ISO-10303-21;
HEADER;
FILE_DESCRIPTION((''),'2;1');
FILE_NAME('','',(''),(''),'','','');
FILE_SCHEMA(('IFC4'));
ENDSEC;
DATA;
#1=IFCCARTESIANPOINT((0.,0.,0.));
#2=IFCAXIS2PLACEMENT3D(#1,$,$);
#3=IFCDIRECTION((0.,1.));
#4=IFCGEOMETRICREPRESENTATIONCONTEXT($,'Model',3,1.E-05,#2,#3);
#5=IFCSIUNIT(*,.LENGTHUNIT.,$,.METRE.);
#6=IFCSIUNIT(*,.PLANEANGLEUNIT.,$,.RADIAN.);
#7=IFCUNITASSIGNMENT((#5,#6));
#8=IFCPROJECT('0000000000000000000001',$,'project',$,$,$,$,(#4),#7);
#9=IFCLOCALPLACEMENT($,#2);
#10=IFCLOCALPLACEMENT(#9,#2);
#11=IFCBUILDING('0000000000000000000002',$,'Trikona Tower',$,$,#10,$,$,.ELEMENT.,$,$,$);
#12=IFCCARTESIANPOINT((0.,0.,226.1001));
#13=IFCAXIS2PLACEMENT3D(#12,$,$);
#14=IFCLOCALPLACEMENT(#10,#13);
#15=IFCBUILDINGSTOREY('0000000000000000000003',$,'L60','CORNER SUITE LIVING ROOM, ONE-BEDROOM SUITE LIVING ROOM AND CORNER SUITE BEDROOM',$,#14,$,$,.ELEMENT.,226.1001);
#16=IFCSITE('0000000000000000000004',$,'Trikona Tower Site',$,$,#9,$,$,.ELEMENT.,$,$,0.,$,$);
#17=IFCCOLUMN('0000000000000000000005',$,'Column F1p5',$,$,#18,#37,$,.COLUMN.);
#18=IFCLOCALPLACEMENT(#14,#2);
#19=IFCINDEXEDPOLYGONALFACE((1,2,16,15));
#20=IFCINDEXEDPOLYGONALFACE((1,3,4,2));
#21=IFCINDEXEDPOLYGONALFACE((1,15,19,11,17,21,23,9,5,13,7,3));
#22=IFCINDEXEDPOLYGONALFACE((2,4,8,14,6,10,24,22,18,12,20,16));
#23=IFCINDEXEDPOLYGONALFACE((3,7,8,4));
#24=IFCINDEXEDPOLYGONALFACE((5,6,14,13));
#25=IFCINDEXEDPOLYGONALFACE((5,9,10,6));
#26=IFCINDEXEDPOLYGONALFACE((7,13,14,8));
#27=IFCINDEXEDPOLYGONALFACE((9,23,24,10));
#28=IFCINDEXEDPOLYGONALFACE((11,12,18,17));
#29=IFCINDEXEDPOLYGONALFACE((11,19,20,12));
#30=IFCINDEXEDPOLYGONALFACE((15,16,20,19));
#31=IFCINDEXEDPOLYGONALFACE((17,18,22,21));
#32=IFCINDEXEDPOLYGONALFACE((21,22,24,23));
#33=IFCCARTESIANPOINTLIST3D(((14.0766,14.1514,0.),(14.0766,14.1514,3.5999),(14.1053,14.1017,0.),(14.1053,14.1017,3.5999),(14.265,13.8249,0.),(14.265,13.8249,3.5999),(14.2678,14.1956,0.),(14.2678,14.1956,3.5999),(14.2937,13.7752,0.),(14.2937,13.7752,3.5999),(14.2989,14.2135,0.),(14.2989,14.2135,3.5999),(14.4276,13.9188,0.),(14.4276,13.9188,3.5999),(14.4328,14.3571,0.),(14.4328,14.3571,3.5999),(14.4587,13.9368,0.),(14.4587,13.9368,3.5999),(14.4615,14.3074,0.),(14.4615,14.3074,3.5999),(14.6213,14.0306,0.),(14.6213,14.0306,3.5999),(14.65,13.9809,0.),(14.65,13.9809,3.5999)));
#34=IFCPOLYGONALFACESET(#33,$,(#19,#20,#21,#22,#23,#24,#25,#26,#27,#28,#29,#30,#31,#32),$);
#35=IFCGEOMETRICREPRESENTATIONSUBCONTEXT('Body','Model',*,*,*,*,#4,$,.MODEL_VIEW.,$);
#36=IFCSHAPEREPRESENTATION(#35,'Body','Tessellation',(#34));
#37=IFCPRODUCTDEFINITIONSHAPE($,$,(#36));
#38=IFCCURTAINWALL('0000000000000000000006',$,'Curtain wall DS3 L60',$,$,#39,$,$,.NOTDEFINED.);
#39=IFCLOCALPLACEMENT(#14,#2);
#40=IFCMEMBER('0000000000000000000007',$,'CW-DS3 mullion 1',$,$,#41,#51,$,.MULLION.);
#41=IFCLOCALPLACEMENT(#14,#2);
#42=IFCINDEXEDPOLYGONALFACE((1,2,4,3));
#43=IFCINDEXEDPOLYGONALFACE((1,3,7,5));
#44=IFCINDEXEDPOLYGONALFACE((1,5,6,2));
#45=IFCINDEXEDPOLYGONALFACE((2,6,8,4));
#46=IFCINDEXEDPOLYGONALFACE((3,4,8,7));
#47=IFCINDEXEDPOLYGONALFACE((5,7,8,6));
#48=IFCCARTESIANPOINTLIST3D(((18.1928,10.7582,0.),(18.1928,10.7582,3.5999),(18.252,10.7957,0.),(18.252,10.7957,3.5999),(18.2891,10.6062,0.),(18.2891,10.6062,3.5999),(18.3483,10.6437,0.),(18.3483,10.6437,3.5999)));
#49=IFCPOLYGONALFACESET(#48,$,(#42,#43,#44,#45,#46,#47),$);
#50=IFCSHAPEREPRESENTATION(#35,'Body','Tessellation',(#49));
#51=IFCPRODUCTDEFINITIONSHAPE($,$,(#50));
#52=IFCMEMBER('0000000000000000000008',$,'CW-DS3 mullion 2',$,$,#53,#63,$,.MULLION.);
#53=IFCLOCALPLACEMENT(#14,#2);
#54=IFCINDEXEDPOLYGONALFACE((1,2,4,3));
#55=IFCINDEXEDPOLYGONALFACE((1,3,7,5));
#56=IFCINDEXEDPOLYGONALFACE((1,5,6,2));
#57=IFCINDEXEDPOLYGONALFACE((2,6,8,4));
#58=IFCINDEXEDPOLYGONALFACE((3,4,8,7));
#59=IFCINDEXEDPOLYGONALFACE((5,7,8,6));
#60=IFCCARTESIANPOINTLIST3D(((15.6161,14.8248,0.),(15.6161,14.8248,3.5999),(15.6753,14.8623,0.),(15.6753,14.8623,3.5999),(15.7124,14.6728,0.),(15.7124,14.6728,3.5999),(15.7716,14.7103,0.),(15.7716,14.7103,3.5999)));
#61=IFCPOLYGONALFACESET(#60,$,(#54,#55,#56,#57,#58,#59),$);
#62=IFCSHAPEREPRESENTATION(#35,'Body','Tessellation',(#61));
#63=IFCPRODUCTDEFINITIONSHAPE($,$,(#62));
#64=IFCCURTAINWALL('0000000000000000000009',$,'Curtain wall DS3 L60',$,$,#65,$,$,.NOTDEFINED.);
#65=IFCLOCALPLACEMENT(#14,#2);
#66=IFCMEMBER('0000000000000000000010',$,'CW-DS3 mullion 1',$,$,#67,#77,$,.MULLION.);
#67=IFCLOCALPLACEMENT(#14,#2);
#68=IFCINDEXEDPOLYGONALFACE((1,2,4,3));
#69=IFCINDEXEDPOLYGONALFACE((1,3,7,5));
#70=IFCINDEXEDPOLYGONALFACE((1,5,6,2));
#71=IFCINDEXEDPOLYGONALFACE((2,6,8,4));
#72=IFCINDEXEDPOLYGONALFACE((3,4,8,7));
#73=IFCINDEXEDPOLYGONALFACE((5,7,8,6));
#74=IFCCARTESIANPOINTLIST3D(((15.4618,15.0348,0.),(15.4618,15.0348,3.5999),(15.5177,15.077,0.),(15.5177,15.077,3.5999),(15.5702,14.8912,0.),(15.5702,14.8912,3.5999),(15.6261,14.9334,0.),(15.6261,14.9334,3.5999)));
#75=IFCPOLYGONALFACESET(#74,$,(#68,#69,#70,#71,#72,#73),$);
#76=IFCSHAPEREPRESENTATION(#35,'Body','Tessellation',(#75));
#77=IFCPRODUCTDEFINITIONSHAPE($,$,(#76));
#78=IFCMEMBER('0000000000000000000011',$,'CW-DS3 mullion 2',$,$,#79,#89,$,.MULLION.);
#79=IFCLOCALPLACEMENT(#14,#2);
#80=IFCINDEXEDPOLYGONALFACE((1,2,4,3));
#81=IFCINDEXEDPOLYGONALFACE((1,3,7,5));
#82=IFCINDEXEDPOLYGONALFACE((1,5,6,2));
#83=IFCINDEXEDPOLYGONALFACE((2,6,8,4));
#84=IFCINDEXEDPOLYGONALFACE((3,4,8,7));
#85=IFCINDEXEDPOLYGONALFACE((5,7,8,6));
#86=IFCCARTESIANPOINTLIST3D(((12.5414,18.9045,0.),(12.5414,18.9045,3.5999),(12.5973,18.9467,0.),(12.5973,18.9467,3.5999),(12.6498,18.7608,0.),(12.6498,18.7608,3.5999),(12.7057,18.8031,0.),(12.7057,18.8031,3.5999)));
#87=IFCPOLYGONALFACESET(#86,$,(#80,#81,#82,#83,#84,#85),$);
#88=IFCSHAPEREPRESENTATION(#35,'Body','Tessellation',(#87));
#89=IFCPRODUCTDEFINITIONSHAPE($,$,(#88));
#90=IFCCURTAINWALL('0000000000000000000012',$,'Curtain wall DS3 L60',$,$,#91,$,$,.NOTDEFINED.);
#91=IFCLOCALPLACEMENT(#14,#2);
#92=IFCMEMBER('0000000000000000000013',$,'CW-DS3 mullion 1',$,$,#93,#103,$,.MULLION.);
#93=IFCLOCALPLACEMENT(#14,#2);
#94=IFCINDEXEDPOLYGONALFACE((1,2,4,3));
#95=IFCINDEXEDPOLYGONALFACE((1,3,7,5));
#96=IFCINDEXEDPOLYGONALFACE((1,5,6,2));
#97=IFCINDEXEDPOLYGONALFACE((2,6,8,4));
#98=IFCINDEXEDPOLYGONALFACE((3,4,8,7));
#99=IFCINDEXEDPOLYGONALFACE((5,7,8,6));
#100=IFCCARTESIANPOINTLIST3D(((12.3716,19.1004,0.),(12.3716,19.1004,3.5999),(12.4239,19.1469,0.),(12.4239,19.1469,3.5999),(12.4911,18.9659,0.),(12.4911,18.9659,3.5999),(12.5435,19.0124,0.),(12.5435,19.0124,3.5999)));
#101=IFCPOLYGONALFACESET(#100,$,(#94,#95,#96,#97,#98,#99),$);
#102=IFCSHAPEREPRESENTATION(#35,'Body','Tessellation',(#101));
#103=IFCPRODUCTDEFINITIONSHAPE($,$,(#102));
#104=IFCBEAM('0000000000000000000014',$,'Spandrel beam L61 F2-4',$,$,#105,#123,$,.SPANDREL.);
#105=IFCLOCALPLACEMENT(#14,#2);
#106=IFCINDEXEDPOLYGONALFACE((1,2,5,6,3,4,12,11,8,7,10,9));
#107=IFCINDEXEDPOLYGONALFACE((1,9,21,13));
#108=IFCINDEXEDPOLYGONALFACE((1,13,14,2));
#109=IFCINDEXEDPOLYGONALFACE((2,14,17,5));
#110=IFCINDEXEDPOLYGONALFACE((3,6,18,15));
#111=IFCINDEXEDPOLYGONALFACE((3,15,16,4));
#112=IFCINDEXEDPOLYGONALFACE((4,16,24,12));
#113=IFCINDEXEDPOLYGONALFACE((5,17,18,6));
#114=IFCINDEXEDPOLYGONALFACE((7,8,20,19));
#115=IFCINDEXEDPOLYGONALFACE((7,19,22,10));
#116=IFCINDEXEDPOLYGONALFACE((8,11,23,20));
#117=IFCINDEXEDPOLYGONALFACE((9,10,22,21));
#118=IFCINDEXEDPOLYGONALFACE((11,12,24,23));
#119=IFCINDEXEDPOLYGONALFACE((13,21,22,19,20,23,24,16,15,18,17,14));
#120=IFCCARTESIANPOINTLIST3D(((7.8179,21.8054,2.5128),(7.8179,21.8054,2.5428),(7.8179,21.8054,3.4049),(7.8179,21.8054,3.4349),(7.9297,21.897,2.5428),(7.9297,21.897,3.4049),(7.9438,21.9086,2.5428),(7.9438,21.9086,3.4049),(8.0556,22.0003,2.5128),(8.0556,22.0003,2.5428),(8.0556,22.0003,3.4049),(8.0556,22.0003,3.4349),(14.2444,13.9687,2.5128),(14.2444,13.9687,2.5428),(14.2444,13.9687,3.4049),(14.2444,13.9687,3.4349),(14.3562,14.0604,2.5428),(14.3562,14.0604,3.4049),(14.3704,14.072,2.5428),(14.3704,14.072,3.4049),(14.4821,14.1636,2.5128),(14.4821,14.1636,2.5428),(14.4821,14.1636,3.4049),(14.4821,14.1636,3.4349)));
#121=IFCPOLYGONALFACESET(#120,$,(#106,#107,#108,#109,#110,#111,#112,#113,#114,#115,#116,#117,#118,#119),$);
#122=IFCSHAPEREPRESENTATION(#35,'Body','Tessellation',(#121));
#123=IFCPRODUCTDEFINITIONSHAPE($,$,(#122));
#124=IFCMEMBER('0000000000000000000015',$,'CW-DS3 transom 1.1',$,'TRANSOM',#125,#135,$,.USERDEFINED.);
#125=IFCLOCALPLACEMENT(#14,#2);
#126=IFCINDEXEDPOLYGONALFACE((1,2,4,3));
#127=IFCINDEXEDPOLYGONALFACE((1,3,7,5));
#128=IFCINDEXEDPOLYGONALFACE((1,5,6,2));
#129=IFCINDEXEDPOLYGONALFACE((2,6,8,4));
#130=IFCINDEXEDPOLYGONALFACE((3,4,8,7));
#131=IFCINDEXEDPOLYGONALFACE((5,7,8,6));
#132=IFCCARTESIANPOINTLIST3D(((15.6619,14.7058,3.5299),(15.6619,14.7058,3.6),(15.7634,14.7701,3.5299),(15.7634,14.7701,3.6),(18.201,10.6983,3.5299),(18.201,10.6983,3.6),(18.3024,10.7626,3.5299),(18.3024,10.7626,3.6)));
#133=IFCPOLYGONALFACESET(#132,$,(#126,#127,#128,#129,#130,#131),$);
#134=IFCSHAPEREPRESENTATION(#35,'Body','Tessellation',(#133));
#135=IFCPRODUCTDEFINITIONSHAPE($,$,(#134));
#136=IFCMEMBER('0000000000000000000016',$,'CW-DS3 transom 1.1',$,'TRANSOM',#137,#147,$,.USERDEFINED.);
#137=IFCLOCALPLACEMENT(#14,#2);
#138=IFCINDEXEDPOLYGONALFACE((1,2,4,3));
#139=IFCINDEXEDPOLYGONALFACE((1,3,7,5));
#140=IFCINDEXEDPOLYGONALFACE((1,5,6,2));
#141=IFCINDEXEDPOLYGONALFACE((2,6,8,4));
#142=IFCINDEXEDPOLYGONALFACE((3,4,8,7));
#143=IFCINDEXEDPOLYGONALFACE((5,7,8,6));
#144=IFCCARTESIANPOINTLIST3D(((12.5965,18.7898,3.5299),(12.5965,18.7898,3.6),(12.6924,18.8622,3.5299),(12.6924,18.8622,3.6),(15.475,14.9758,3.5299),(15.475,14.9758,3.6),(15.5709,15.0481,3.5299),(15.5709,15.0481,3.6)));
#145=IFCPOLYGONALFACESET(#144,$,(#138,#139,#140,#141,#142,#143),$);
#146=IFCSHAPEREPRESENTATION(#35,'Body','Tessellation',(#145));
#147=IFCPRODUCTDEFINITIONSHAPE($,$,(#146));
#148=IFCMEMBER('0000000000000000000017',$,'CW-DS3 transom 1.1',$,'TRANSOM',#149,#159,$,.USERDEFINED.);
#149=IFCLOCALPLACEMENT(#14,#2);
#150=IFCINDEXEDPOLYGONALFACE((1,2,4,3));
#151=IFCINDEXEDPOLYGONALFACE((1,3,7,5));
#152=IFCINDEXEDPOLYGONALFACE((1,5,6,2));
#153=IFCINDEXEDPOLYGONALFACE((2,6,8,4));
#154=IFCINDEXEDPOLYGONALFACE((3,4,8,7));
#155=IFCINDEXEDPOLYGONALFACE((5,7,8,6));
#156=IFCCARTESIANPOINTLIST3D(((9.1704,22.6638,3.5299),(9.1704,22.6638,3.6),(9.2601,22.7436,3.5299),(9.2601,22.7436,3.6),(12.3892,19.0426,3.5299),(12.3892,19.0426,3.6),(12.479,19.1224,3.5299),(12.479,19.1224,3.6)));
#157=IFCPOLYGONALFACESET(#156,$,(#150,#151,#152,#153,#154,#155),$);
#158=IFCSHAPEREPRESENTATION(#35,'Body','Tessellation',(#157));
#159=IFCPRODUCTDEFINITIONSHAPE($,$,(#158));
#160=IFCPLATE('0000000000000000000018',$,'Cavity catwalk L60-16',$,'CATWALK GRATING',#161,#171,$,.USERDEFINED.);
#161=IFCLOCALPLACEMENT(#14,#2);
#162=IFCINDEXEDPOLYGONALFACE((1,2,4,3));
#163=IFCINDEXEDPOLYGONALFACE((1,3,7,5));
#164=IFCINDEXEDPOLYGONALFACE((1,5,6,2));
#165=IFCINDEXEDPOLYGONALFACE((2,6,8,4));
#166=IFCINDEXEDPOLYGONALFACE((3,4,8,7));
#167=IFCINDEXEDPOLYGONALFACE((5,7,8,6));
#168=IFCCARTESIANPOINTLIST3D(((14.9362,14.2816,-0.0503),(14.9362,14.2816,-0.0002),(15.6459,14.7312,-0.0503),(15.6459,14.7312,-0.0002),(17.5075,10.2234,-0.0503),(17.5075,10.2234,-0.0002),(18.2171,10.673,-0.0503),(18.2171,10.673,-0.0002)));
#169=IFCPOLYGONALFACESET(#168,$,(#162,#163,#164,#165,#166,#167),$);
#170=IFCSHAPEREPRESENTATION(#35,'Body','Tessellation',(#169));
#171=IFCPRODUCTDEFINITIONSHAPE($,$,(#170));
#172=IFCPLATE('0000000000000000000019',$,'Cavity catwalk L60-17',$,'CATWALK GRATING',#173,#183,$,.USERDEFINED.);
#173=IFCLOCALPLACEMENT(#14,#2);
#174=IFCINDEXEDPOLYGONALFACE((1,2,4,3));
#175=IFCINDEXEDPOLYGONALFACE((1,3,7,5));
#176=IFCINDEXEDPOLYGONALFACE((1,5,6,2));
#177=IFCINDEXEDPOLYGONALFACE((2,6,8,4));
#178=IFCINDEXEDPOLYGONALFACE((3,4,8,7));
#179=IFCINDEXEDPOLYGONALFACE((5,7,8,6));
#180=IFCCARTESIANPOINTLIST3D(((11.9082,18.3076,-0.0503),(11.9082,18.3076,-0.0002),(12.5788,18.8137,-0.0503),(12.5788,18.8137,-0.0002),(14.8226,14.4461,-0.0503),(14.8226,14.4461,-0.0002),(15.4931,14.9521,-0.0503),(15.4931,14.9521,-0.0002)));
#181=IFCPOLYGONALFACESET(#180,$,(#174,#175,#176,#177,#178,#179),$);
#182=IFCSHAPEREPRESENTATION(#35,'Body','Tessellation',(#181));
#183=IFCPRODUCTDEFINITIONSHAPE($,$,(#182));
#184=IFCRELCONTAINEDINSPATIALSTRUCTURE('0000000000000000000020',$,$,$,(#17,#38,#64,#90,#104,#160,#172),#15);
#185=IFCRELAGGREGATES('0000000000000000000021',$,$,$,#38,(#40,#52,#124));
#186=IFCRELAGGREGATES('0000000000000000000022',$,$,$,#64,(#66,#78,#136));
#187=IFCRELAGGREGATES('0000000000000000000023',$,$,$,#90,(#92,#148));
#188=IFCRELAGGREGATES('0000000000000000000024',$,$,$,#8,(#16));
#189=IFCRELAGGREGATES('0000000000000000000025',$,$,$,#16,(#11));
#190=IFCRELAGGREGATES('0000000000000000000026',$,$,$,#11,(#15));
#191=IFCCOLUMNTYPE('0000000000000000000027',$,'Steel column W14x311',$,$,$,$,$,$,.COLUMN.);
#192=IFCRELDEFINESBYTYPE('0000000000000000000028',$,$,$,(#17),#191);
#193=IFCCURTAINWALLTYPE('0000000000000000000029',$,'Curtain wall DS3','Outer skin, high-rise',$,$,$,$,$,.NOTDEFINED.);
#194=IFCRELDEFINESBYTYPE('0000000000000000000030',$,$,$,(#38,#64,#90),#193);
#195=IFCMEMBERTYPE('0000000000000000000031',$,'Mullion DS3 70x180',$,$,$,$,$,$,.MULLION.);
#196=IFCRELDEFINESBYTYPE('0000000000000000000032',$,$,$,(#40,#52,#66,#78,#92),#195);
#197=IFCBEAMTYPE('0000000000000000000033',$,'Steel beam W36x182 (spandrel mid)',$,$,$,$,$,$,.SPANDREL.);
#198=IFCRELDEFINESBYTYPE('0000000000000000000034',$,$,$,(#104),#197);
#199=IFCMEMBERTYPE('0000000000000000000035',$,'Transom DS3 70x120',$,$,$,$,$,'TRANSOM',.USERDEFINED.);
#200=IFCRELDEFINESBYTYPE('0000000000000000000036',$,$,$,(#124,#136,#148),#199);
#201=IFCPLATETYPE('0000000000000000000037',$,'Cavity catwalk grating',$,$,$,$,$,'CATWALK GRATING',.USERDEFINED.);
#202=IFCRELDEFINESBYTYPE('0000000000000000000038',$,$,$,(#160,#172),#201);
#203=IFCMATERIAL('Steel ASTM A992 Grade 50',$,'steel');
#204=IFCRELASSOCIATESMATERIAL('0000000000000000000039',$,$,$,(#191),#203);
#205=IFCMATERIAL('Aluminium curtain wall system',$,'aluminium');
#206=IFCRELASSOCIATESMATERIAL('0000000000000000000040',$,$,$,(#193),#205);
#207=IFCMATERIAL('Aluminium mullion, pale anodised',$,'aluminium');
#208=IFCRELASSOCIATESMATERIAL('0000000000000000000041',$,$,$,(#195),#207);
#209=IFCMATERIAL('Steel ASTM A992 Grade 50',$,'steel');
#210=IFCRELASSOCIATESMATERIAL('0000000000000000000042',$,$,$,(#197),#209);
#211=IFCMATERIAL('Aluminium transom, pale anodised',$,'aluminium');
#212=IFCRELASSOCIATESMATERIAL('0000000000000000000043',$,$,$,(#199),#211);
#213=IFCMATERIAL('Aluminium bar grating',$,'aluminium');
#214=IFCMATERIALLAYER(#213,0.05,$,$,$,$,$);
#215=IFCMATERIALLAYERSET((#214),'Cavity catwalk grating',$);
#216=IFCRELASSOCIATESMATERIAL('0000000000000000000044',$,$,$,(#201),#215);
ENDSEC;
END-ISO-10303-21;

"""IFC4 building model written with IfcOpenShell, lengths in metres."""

from ifc_helpers import new_model, si_unit, direction, frame, origin, origin_2d, place, context, subcontext, project, spatial, rectangle, i_section, extrude, material, layer, layer_set, material_profile, profile_set, type_object, element, aggregate, save


model = new_model("IFC4")

# Units and contexts
model_context = context("Model", 3, precision=1e-05, world=origin(), true_north=direction((0.0, 1.0)))
body_context = subcontext(model_context, "Body", "Model", "MODEL_VIEW")
ifc_project = project(units=[si_unit("LENGTHUNIT", "METRE"), si_unit("PLANEANGLEUNIT", "RADIAN")], contexts=[model_context])

# Site, building, storey
site_placement = place(None, origin())
site = spatial("IfcSite", under=ifc_project, at=site_placement, Name="Trikona Tower Site", CompositionType="ELEMENT", RefElevation=0.0)
building_placement = place(site_placement, origin())
building = spatial("IfcBuilding", under=site, at=building_placement, Name="Trikona Tower", CompositionType="ELEMENT")
storey_placement = place(building_placement, frame((0.0, 0.0, 226.1001)))
storey = spatial("IfcBuildingStorey", under=building, at=storey_placement, Name="L60", Description="CORNER SUITE LIVING ROOM, ONE-BEDROOM SUITE LIVING ROOM AND CORNER SUITE BEDROOM", CompositionType="ELEMENT", Elevation=226.1001)

# Column
ifc_material_1 = material(Name="Steel ASTM A992 Grade 50", Category="steel")
ifc_material_profile_1 = material_profile(ifc_material_1, i_section(OverallWidth=0.4114, OverallDepth=0.4343, WebThickness=0.0359, FlangeThickness=0.0574, at=origin_2d()), Name="W14X311")
ifc_profile_set_1 = profile_set([ifc_material_profile_1], Name="Steel ASTM A992 Grade 50")
column_type = type_object("IfcColumnType", Name="Steel column W14x311", PredefinedType="COLUMN", material=ifc_profile_set_1)
column_placement = place(storey_placement, frame((14.3633, 14.0662, 0.0), z_axis=(0.0, 0.0, 1.0), x_axis=(0.866025, 0.5, 0.0)))
element("IfcColumn", 1, at=column_placement, inside=storey, type_object=column_type, Name="Column F1p5", PredefinedType="COLUMN", context=body_context, shape_type="SweptSolid", body=[
    extrude(i_section(OverallWidth=0.4114, OverallDepth=0.4343, WebThickness=0.0359, FlangeThickness=0.0574, at=origin_2d()), origin(), (0.0, 0.0, 1.0), 3.5999),
])

# Curtain walls, members
ifc_material_2 = material(Name="Aluminium curtain wall system", Category="aluminium")
curtain_wall_type = type_object("IfcCurtainWallType", Name="Curtain wall DS3", Description="Outer skin, high-rise", PredefinedType="NOTDEFINED", material=ifc_material_2)
curtain_wall_1_placement = place(storey_placement, origin())
curtain_wall_1 = element("IfcCurtainWall", 2, at=curtain_wall_1_placement, inside=storey, type_object=curtain_wall_type, Name="Curtain wall DS3 L60", PredefinedType="NOTDEFINED")
ifc_material_3 = material(Name="Aluminium mullion, pale anodised", Category="aluminium")
ifc_material_profile_2 = material_profile(ifc_material_3, rectangle(XDim=0.0701, YDim=0.1799, at=origin_2d()), Name="MUL-DS3")
ifc_profile_set_2 = profile_set([ifc_material_profile_2], Name="Aluminium mullion, pale anodised")
member_type_1 = type_object("IfcMemberType", Name="Mullion DS3 70x180", PredefinedType="MULLION", material=ifc_profile_set_2)
member_1_placement = place(storey_placement, frame((18.2705, 10.7009, 0.0), z_axis=(0.0, 0.0, 1.0), x_axis=(-0.844727, -0.535197, 0.0)))
member_1 = element("IfcMember", 3, at=member_1_placement, type_object=member_type_1, Name="CW-DS3 mullion 1", PredefinedType="MULLION", context=body_context, shape_type="SweptSolid", body=[
    extrude(rectangle(XDim=0.0701, YDim=0.1799, at=origin_2d()), origin(), (0.0, 0.0, 1.0), 3.5999),
])
member_2_placement = place(storey_placement, frame((15.6938, 14.7676, 0.0), z_axis=(0.0, 0.0, 1.0), x_axis=(-0.844727, -0.535197, 0.0)))
member_2 = element("IfcMember", 4, at=member_2_placement, type_object=member_type_1, Name="CW-DS3 mullion 2", PredefinedType="MULLION", context=body_context, shape_type="SweptSolid", body=[
    extrude(rectangle(XDim=0.0701, YDim=0.1799, at=origin_2d()), origin(), (0.0, 0.0, 1.0), 3.5999),
])
curtain_wall_2_placement = place(storey_placement, origin())
curtain_wall_2 = element("IfcCurtainWall", 5, at=curtain_wall_2_placement, inside=storey, type_object=curtain_wall_type, Name="Curtain wall DS3 L60", PredefinedType="NOTDEFINED")
member_3_placement = place(storey_placement, frame((15.5439, 14.9841, 0.0), z_axis=(0.0, 0.0, 1.0), x_axis=(-0.798193, -0.602402, 0.0)))
member_3 = element("IfcMember", 6, at=member_3_placement, type_object=member_type_1, Name="CW-DS3 mullion 1", PredefinedType="MULLION", context=body_context, shape_type="SweptSolid", body=[
    extrude(rectangle(XDim=0.0701, YDim=0.1799, at=origin_2d()), origin(), (0.0, 0.0, 1.0), 3.5999),
])
member_4_placement = place(storey_placement, frame((12.6235, 18.8538, 0.0), z_axis=(0.0, 0.0, 1.0), x_axis=(-0.798193, -0.602402, 0.0)))
member_4 = element("IfcMember", 7, at=member_4_placement, type_object=member_type_1, Name="CW-DS3 mullion 2", PredefinedType="MULLION", context=body_context, shape_type="SweptSolid", body=[
    extrude(rectangle(XDim=0.0701, YDim=0.1799, at=origin_2d()), origin(), (0.0, 0.0, 1.0), 3.5999),
])

# Curtain wall, member
curtain_wall_3_placement = place(storey_placement, origin())
curtain_wall_3 = element("IfcCurtainWall", 8, at=curtain_wall_3_placement, inside=storey, type_object=curtain_wall_type, Name="Curtain wall DS3 L60", PredefinedType="NOTDEFINED")
member_5_placement = place(storey_placement, frame((12.4575, 19.0564, 0.0), z_axis=(0.0, 0.0, 1.0), x_axis=(-0.747403, -0.664371, 0.0)))
member_5 = element("IfcMember", 9, at=member_5_placement, type_object=member_type_1, Name="CW-DS3 mullion 1", PredefinedType="MULLION", context=body_context, shape_type="SweptSolid", body=[
    extrude(rectangle(XDim=0.0701, YDim=0.1799, at=origin_2d()), origin(), (0.0, 0.0, 1.0), 3.5999),
])

# Beam
ifc_material_4 = material(Name="Steel ASTM A992 Grade 50", Category="steel")
ifc_material_profile_3 = material_profile(ifc_material_4, i_section(OverallWidth=0.3074, OverallDepth=0.9221, WebThickness=0.0183, FlangeThickness=0.03, at=origin_2d()), Name="W36X182")
ifc_profile_set_3 = profile_set([ifc_material_profile_3], Name="Steel ASTM A992 Grade 50")
beam_type = type_object("IfcBeamType", Name="Steel beam W36x182 (spandrel mid)", PredefinedType="SPANDREL", material=ifc_profile_set_3)
beam_placement = place(storey_placement, frame((14.3633, 14.0662, 2.9739), z_axis=(-0.634106, 0.773246, 0.0), x_axis=(-0.773246, -0.634106, 0.0)))
element("IfcBeam", 10, at=beam_placement, inside=storey, type_object=beam_type, Name="Spandrel beam L61 F2-4", PredefinedType="SPANDREL", context=body_context, shape_type="SweptSolid", body=[
    extrude(i_section(OverallWidth=0.3074, OverallDepth=0.9221, WebThickness=0.0183, FlangeThickness=0.03, at=origin_2d()), origin(), (0.0, 0.0, 1.0), 10.1348),
])

# Members
ifc_material_5 = material(Name="Aluminium transom, pale anodised", Category="aluminium")
ifc_material_profile_4 = material_profile(ifc_material_5, rectangle(XDim=0.1201, YDim=0.0701, at=origin_2d()), Name="TRN-DS3")
ifc_profile_set_4 = profile_set([ifc_material_profile_4], Name="Aluminium transom, pale anodised")
member_type_2 = type_object("IfcMemberType", Name="Transom DS3 70x120", ElementType="TRANSOM", PredefinedType="USERDEFINED", material=ifc_profile_set_4)
member_6_placement = place(storey_placement, frame((18.2517, 10.7305, 3.5649), z_axis=(-0.535193, 0.84473, 0.0), x_axis=(-0.84473, -0.535193, 0.0)))
member_6 = element("IfcMember", 11, at=member_6_placement, type_object=member_type_2, Name="CW-DS3 transom 1.1", ObjectType="TRANSOM", PredefinedType="USERDEFINED", context=body_context, shape_type="SweptSolid", body=[
    extrude(rectangle(XDim=0.1201, YDim=0.0701, at=origin_2d()), origin(), (0.0, 0.0, 1.0), 4.7441),
])
member_7_placement = place(storey_placement, frame((15.5229, 15.012, 3.5649), z_axis=(-0.602401, 0.798194, 0.0), x_axis=(-0.798194, -0.602401, 0.0)))
member_7 = element("IfcMember", 12, at=member_7_placement, type_object=member_type_2, Name="CW-DS3 transom 1.1", ObjectType="TRANSOM", PredefinedType="USERDEFINED", context=body_context, shape_type="SweptSolid", body=[
    extrude(rectangle(XDim=0.1201, YDim=0.0701, at=origin_2d()), origin(), (0.0, 0.0, 1.0), 4.7783),
])
member_8_placement = place(storey_placement, frame((12.4341, 19.0825, 3.5649), z_axis=(-0.664364, 0.747409, 0.0), x_axis=(-0.747409, -0.664364, 0.0)))
member_8 = element("IfcMember", 13, at=member_8_placement, type_object=member_type_2, Name="CW-DS3 transom 1.1", ObjectType="TRANSOM", PredefinedType="USERDEFINED", context=body_context, shape_type="SweptSolid", body=[
    extrude(rectangle(XDim=0.1201, YDim=0.0701, at=origin_2d()), origin(), (0.0, 0.0, 1.0), 4.845),
])

# Plates
ifc_material_6 = material(Name="Aluminium bar grating", Category="aluminium")
ifc_layer_1 = layer(ifc_material_6, 0.05)
ifc_layer_set_1 = layer_set([ifc_layer_1], Name="Cavity catwalk grating")
plate_type_1 = type_object("IfcPlateType", Name="Cavity catwalk grating", ElementType="CATWALK GRATING", PredefinedType="USERDEFINED", material=ifc_layer_set_1)
plate_1_placement = place(storey_placement, frame((16.5767, 12.4773, -0.0503), z_axis=(0.0, 0.0, 1.0), x_axis=(-0.535205, 0.844722, 0.0)))
element("IfcPlate", 14, at=plate_1_placement, inside=storey, type_object=plate_type_1, Name="Cavity catwalk L60-16", ObjectType="CATWALK GRATING", PredefinedType="USERDEFINED", context=body_context, shape_type="SweptSolid", body=[
    extrude(rectangle(XDim=4.8042, YDim=0.8401, at=origin_2d()), origin(), (0.0, 0.0, 1.0), 0.05),
])
plate_2_placement = place(storey_placement, frame((13.7007, 16.6299, -0.0503), z_axis=(0.0, 0.0, 1.0), x_axis=(-0.602402, 0.798193, 0.0)))
element("IfcPlate", 15, at=plate_2_placement, inside=storey, type_object=plate_type_1, Name="Cavity catwalk L60-17", ObjectType="CATWALK GRATING", PredefinedType="USERDEFINED", context=body_context, shape_type="SweptSolid", body=[
    extrude(rectangle(XDim=4.8379, YDim=0.8401, at=origin_2d()), origin(), (0.0, 0.0, 1.0), 0.05),
])

aggregate(curtain_wall_1, [member_1, member_2, member_6])
aggregate(curtain_wall_2, [member_3, member_4, member_7])
aggregate(curtain_wall_3, [member_5, member_8])

save(model, "model.ifc")
